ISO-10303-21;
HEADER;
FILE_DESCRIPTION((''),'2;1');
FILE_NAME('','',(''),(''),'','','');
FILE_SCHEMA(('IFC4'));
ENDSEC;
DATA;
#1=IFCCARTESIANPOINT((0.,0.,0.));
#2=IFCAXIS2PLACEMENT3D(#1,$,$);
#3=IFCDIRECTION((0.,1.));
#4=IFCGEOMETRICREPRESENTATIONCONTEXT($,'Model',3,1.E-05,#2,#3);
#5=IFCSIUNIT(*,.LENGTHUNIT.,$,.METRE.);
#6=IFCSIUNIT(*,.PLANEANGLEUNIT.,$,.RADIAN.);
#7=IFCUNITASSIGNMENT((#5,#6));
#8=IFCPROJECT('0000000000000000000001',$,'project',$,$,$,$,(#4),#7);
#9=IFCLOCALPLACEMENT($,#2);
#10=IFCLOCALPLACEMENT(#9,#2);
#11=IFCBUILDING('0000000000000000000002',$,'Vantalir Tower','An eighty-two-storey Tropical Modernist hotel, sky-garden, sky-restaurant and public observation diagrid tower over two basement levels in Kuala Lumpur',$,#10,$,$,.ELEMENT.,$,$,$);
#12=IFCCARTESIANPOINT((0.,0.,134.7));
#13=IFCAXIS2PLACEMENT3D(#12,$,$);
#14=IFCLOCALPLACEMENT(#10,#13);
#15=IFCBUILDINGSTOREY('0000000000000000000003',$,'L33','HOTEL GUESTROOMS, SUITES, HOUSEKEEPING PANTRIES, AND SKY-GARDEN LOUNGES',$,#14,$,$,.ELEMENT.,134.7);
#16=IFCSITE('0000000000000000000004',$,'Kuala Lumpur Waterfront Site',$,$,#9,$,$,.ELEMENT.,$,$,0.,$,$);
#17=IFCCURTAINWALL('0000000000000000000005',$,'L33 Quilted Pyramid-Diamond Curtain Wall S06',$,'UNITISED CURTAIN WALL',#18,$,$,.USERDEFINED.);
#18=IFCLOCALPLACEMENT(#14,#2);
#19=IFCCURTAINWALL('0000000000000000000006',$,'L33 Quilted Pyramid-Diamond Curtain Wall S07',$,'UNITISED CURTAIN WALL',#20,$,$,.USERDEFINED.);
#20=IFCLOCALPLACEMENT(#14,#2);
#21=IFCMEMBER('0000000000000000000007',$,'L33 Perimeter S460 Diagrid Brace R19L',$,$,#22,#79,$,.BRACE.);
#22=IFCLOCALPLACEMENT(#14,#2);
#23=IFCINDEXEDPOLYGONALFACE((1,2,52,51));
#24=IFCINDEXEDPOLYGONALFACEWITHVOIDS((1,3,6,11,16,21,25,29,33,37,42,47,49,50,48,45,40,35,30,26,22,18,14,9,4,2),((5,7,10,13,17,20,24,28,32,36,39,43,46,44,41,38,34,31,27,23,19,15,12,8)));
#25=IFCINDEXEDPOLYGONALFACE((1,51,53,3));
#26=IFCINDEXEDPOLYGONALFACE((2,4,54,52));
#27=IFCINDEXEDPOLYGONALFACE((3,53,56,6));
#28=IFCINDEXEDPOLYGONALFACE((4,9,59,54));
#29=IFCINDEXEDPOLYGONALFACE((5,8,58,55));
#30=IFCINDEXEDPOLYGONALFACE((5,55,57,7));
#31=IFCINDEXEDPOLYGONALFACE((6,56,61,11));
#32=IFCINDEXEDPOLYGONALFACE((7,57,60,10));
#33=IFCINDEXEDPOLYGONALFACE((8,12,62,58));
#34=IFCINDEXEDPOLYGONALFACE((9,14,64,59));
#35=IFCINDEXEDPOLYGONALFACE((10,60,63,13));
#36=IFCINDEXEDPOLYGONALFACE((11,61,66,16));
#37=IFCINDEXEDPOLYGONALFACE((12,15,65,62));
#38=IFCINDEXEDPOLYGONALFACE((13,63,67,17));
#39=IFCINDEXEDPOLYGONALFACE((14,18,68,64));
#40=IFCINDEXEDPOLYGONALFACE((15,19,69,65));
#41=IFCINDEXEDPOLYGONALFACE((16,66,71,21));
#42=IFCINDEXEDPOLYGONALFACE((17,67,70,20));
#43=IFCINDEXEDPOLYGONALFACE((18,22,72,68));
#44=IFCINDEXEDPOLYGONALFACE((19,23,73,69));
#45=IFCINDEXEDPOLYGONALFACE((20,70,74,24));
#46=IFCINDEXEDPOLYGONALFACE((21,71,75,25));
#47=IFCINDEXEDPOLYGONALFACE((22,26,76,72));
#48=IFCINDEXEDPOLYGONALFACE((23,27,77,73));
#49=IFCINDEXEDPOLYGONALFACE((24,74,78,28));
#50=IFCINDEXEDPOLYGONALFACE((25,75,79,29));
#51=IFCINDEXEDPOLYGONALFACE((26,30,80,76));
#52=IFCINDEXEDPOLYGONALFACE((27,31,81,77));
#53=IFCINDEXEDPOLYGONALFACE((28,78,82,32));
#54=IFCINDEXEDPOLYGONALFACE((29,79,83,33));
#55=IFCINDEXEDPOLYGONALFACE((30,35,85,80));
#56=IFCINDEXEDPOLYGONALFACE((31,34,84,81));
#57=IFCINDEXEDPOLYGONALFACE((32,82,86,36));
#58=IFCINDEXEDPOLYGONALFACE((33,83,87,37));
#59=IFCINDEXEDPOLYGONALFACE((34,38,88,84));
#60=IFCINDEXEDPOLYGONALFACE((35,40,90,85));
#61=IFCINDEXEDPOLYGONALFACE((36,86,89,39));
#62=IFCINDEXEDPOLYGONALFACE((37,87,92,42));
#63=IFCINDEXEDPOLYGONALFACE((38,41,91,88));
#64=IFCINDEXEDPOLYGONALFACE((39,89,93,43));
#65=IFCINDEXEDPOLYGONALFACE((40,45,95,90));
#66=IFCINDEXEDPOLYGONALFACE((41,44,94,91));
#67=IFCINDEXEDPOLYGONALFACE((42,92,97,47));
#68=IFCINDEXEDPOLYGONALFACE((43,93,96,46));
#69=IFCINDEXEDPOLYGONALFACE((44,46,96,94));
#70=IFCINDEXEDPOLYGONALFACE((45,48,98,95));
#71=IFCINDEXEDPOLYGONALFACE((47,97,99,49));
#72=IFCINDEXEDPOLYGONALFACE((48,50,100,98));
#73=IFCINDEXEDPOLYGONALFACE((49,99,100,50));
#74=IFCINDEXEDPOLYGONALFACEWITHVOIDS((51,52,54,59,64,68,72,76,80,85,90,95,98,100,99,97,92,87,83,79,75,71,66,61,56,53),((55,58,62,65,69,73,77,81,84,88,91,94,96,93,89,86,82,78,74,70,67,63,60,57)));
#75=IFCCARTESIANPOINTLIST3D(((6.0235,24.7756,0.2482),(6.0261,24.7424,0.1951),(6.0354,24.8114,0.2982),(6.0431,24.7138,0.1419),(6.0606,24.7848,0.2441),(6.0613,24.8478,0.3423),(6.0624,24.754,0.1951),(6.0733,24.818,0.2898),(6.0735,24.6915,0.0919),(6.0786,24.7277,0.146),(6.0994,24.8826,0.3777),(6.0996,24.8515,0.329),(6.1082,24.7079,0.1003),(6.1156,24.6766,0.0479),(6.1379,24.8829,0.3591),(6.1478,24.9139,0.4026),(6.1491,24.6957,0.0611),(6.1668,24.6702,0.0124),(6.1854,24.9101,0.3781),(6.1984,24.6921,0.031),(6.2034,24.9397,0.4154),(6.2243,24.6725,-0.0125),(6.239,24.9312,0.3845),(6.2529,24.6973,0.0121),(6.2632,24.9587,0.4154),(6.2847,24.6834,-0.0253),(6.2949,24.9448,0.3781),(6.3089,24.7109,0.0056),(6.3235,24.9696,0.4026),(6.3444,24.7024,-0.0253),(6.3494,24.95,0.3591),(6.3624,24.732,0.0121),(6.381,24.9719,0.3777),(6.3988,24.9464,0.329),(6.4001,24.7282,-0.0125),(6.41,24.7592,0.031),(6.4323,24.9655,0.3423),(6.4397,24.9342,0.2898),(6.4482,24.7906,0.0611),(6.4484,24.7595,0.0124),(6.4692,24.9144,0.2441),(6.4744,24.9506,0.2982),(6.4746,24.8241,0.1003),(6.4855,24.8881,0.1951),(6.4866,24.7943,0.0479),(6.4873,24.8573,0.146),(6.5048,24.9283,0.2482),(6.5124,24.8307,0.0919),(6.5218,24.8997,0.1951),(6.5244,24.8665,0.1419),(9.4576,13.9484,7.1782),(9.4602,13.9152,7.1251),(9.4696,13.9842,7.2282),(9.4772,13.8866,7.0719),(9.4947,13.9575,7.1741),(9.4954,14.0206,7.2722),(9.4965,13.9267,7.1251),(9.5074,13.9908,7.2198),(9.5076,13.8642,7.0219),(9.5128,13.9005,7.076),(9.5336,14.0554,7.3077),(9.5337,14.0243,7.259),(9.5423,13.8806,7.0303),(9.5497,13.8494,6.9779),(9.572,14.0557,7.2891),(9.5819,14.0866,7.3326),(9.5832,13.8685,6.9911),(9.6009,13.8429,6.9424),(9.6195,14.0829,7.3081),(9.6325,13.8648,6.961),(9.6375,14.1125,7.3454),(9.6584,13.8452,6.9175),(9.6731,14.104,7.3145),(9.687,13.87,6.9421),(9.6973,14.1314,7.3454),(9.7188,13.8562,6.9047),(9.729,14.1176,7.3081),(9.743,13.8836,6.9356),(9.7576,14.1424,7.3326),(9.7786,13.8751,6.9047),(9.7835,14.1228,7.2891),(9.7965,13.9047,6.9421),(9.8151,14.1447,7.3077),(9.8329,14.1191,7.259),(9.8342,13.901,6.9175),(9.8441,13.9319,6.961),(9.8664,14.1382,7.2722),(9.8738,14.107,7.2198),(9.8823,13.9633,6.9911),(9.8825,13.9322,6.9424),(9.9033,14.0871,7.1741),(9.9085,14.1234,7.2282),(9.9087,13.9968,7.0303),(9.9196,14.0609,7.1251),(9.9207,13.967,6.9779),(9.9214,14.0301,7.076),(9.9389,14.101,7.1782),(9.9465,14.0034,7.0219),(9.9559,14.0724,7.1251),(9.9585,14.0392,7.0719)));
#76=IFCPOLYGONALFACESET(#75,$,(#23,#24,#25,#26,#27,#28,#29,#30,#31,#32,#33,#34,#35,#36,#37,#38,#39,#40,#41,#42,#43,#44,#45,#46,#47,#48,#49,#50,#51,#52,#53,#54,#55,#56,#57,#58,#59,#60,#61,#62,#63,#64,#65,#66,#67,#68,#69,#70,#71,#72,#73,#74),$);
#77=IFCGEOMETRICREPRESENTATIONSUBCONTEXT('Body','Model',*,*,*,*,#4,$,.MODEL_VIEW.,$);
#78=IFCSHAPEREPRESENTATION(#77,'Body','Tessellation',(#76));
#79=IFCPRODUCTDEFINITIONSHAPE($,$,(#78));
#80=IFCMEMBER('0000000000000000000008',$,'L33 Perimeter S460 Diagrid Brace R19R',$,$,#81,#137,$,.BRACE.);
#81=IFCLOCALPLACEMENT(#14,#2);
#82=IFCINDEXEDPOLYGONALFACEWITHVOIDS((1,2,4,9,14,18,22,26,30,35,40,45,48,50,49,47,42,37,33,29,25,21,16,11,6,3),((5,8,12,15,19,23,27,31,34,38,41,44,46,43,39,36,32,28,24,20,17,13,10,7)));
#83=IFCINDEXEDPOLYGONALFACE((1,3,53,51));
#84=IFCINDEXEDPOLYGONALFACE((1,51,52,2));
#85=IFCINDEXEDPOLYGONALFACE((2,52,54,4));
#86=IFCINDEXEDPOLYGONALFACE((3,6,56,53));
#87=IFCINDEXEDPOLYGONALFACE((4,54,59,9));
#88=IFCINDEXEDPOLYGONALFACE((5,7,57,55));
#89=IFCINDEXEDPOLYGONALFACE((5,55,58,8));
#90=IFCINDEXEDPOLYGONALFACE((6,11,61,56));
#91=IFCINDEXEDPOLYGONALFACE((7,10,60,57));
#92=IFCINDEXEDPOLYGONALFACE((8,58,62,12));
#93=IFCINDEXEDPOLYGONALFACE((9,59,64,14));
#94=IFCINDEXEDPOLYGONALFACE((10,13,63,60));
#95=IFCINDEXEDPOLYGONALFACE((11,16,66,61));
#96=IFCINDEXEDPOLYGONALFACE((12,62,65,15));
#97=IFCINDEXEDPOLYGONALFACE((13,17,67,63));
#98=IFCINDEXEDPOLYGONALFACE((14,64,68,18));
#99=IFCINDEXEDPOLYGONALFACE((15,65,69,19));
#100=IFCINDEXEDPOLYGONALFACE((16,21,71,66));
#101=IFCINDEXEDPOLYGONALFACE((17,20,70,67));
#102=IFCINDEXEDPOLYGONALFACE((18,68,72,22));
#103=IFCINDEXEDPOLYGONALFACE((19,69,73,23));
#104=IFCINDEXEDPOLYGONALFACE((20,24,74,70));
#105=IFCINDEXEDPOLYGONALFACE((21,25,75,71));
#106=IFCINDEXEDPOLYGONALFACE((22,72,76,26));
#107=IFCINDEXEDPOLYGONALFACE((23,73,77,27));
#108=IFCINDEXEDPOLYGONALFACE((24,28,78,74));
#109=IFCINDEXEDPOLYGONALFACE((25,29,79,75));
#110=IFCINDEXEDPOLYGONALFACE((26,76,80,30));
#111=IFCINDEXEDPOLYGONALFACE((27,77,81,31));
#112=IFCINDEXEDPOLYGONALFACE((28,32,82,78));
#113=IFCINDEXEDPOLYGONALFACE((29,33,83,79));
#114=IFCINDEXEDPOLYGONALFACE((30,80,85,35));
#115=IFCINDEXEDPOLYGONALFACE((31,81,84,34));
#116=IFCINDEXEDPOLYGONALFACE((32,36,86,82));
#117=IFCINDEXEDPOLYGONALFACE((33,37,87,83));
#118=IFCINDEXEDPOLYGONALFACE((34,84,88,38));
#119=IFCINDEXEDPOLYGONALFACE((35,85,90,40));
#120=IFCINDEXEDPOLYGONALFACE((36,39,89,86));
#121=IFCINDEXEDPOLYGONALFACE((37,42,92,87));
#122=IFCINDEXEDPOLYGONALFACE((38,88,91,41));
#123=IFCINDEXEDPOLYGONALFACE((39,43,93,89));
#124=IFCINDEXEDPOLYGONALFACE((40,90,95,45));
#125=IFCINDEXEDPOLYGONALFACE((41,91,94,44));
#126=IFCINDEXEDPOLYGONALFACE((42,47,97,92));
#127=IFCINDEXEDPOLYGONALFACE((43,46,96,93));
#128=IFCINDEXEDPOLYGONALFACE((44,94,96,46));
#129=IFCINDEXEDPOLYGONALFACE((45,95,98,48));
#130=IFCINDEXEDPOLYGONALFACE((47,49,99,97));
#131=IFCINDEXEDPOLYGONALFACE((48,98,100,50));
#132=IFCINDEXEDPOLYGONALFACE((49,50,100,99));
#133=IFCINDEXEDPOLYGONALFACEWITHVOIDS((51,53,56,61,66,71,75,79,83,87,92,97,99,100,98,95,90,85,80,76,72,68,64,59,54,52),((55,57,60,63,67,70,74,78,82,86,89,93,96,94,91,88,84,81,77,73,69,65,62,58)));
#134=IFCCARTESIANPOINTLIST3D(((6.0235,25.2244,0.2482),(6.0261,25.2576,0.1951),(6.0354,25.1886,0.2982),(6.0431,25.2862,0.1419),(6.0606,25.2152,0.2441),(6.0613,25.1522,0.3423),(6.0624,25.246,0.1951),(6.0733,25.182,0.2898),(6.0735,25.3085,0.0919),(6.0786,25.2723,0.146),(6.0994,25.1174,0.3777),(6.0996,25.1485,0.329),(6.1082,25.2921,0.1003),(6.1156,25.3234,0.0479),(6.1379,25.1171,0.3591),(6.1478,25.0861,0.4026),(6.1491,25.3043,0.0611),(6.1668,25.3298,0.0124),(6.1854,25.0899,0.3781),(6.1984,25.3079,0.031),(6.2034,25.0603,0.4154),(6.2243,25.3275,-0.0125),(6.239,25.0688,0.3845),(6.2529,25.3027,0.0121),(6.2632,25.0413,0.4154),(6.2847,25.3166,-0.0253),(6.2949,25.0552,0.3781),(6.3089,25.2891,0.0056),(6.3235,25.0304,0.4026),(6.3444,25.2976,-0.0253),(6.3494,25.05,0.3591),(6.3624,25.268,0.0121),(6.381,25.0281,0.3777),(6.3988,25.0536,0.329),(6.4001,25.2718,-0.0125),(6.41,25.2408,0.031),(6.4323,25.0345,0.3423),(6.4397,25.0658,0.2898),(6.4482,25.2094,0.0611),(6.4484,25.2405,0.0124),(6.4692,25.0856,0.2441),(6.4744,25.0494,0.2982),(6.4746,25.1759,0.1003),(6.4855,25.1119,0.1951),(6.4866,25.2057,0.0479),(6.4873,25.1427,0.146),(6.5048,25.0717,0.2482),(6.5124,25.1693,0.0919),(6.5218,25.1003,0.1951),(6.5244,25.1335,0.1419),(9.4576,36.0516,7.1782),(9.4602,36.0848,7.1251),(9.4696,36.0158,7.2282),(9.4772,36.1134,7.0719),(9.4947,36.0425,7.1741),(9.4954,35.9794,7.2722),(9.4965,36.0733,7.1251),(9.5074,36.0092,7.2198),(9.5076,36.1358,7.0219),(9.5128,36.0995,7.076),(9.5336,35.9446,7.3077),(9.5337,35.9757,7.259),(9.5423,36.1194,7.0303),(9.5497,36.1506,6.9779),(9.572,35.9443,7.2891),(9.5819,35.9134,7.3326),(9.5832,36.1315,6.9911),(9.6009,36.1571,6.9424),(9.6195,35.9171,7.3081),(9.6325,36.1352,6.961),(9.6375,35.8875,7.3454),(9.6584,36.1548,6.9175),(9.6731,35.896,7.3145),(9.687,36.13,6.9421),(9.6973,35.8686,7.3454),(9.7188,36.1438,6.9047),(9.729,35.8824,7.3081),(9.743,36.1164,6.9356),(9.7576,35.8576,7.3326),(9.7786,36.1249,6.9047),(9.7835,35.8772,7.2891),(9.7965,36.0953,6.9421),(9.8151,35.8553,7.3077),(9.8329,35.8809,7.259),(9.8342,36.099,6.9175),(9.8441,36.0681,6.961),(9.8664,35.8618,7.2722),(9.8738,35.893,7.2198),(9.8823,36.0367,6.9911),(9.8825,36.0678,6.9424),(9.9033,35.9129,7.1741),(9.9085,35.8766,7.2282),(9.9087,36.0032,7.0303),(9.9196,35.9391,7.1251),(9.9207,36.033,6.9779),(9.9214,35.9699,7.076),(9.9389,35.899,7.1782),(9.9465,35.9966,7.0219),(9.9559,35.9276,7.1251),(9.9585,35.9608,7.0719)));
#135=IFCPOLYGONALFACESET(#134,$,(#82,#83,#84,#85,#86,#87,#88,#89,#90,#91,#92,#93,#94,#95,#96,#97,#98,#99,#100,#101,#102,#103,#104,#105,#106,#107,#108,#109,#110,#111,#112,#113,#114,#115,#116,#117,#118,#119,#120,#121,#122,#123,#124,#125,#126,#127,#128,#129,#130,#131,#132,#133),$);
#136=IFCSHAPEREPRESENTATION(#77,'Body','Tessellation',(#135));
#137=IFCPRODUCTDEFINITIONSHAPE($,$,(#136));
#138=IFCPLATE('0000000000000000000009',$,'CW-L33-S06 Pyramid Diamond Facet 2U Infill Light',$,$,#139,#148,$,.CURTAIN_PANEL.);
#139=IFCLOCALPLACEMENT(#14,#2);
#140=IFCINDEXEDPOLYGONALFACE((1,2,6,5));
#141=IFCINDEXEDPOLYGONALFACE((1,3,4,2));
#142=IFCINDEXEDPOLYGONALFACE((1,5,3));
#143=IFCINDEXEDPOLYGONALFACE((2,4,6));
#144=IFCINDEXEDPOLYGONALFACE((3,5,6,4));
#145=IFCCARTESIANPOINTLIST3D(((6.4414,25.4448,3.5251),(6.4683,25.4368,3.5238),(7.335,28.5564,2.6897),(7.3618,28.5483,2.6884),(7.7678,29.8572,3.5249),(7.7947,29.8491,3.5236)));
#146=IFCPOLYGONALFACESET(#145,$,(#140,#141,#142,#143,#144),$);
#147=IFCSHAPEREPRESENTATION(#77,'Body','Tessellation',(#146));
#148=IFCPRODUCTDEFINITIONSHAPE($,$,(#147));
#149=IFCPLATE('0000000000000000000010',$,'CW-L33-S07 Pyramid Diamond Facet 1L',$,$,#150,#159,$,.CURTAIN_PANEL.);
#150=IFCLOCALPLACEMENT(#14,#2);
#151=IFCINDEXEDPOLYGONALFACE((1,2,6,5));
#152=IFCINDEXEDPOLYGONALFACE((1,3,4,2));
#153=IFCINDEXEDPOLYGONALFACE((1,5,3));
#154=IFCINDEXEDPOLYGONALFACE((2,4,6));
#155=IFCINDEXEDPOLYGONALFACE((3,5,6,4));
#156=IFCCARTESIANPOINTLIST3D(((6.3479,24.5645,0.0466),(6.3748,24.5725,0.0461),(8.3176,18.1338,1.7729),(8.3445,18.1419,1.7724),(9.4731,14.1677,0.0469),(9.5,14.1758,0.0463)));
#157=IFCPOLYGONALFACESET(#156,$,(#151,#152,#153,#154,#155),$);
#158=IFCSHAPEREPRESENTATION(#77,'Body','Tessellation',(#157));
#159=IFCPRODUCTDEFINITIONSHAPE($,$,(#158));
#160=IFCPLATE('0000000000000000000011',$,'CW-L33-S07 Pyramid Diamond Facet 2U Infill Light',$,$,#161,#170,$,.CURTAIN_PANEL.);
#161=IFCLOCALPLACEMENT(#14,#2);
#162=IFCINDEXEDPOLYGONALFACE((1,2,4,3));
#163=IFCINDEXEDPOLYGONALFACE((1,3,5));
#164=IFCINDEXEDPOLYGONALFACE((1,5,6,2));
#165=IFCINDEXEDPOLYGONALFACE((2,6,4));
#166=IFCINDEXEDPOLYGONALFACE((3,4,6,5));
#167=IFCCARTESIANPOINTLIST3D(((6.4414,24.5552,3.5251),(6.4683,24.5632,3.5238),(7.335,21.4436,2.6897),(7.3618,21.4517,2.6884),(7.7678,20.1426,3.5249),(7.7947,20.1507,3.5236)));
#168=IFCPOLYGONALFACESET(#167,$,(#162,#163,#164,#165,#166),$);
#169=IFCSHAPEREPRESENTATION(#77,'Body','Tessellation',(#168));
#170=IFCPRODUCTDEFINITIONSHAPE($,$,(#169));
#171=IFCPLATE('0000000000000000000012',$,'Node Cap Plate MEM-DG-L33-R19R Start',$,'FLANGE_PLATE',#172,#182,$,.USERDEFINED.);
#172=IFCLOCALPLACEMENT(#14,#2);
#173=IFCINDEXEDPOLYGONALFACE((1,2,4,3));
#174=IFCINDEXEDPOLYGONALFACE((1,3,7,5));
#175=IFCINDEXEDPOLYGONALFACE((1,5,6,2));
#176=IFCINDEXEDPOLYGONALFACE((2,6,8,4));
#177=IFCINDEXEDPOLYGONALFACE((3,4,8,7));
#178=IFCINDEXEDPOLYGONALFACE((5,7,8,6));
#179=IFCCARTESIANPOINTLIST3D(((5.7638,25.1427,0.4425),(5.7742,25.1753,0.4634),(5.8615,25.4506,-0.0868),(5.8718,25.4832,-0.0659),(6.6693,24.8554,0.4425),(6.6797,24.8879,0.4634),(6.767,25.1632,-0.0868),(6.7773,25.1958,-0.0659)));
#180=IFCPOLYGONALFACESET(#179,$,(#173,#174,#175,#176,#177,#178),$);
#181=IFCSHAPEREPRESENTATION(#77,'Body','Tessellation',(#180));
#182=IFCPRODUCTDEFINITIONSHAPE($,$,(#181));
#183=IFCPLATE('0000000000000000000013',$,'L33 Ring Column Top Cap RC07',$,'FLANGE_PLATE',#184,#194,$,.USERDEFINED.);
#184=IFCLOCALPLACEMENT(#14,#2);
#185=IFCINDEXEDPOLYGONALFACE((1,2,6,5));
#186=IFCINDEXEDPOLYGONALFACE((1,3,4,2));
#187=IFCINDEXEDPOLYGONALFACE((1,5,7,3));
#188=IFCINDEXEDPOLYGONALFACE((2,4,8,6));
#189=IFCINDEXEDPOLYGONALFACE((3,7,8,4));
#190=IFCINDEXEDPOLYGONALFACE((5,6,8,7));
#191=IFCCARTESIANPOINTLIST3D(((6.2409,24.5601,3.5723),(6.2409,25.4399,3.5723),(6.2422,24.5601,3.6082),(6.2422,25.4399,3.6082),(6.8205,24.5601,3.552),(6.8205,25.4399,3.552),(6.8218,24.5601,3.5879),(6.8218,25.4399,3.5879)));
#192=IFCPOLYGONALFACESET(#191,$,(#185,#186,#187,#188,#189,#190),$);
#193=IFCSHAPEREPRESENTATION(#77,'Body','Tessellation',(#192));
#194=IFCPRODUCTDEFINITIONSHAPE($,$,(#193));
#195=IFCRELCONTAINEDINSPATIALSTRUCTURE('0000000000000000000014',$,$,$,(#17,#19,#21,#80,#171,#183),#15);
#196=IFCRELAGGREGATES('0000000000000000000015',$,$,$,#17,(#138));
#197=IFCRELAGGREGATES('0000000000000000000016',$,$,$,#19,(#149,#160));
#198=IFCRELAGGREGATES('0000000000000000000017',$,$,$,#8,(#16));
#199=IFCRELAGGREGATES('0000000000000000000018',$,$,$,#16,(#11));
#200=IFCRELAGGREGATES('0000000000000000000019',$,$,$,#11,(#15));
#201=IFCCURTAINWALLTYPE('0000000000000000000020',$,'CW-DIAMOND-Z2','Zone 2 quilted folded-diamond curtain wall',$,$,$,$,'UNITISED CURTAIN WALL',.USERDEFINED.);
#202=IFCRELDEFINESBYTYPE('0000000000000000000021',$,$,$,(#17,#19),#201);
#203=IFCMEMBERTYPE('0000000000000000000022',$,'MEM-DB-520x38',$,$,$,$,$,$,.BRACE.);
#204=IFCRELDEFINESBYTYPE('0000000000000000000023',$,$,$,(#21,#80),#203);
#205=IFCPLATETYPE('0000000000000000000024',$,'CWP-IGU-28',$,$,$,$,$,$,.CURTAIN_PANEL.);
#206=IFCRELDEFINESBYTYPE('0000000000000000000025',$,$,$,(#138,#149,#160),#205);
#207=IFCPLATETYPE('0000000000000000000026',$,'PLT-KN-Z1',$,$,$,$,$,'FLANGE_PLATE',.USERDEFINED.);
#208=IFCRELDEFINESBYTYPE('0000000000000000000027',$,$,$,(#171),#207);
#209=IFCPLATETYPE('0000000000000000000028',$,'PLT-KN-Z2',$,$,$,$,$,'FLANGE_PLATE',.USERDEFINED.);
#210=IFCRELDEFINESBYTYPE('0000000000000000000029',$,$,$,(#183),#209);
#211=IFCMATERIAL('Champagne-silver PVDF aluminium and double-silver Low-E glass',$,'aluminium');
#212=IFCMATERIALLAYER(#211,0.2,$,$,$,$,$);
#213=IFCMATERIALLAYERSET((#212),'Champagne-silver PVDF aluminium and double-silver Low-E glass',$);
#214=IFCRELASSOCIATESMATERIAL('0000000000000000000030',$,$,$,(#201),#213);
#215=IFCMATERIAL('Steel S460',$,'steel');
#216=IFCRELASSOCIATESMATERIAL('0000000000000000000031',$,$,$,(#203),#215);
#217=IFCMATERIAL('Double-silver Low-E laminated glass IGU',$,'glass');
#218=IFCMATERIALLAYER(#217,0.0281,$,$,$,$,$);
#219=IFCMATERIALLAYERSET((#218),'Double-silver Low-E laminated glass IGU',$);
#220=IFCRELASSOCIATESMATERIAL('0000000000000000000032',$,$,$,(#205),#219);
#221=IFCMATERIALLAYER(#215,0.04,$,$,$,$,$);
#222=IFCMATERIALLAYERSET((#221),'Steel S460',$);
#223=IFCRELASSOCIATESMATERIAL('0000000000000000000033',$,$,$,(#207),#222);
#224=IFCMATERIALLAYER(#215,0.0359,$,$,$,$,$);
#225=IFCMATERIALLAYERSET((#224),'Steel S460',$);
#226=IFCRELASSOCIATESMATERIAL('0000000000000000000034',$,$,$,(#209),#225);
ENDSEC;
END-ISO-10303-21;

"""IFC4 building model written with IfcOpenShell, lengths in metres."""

from ifc_helpers import new_model, si_unit, direction, frame, origin, origin_2d, place, context, subcontext, project, spatial, polyline, hollow_circle, outline, extrude, material, layer, layer_set, material_profile, profile_set, type_object, element, aggregate, save


model = new_model("IFC4")

# Units and contexts
model_context = context("Model", 3, precision=1e-05, world=origin(), true_north=direction((0.0, 1.0)))
body_context = subcontext(model_context, "Body", "Model", "MODEL_VIEW")
ifc_project = project(units=[si_unit("LENGTHUNIT", "METRE"), si_unit("PLANEANGLEUNIT", "RADIAN")], contexts=[model_context])

# Site, building, storey
site_placement = place(None, origin())
site = spatial("IfcSite", under=ifc_project, at=site_placement, Name="Kuala Lumpur Waterfront Site", CompositionType="ELEMENT", RefElevation=0.0)
building_placement = place(site_placement, origin())
building = spatial("IfcBuilding", under=site, at=building_placement, Name="Vantalir Tower", Description="An eighty-two-storey Tropical Modernist hotel, sky-garden, sky-restaurant and public observation diagrid tower over two basement levels in Kuala Lumpur", CompositionType="ELEMENT")
storey_placement = place(building_placement, frame((0.0, 0.0, 134.7)))
storey = spatial("IfcBuildingStorey", under=building, at=storey_placement, Name="L33", Description="HOTEL GUESTROOMS, SUITES, HOUSEKEEPING PANTRIES, AND SKY-GARDEN LOUNGES", CompositionType="ELEMENT", Elevation=134.7)

# Shared definitions
ifc_material_1 = material(Name="Steel S460", Category="steel")

# Curtain wall
ifc_material_2 = material(Name="Champagne-silver PVDF aluminium and double-silver Low-E glass", Category="aluminium")
ifc_layer_1 = layer(ifc_material_2, 0.2)
ifc_layer_set_1 = layer_set([ifc_layer_1], Name="Champagne-silver PVDF aluminium and double-silver Low-E glass")
curtain_wall_type = type_object("IfcCurtainWallType", Name="CW-DIAMOND-Z2", Description="Zone 2 quilted folded-diamond curtain wall", ElementType="UNITISED CURTAIN WALL", PredefinedType="USERDEFINED", material=ifc_layer_set_1)
curtain_wall_1_placement = place(storey_placement, origin())
curtain_wall_1 = element("IfcCurtainWall", 1, at=curtain_wall_1_placement, inside=storey, type_object=curtain_wall_type, Name="L33 Quilted Pyramid-Diamond Curtain Wall S06", ObjectType="UNITISED CURTAIN WALL", PredefinedType="USERDEFINED")

# Curtain wall
curtain_wall_2_placement = place(storey_placement, origin())
curtain_wall_2 = element("IfcCurtainWall", 2, at=curtain_wall_2_placement, inside=storey, type_object=curtain_wall_type, Name="L33 Quilted Pyramid-Diamond Curtain Wall S07", ObjectType="UNITISED CURTAIN WALL", PredefinedType="USERDEFINED")

# Members
ifc_material_profile_1 = material_profile(ifc_material_1, hollow_circle(Radius=0.26, WallThickness=0.0381, at=origin_2d()), Name="Steel S460")
ifc_profile_set_1 = profile_set([ifc_material_profile_1], Name="Steel S460")
member_type_1 = type_object("IfcMemberType", Name="MEM-DB-520x38", PredefinedType="BRACE", material=ifc_profile_set_1)
for number, where, z_axis, x_axis, name in (
    (3, (6.2739, 24.821, 0.1951), (0.258089, -0.813717, 0.520821), (0.953203, 0.302331, 0.0), "L33 Perimeter S460 Diagrid Brace R19L"),
    (4, (6.2739, 25.179, 0.1951), (0.258089, 0.813717, 0.520821), (-0.953203, 0.302331, 0.0), "L33 Perimeter S460 Diagrid Brace R19R"),
):
    element("IfcMember", number, at=place(storey_placement, frame(where, z_axis=z_axis, x_axis=x_axis)), inside=storey, type_object=member_type_1, Name=name, PredefinedType="BRACE", context=body_context, shape_type="SweptSolid", body=[
        extrude(hollow_circle(Radius=0.26, WallThickness=0.0381, at=origin_2d()), origin(), (0.0, 0.0, 1.0), 13.3059),
    ])

# Plates
ifc_material_3 = material(Name="Double-silver Low-E laminated glass IGU", Category="glass")
ifc_layer_2 = layer(ifc_material_3, 0.0281)
ifc_layer_set_2 = layer_set([ifc_layer_2], Name="Double-silver Low-E laminated glass IGU")
plate_type_1 = type_object("IfcPlateType", Name="CWP-IGU-28", PredefinedType="CURTAIN_PANEL", material=ifc_layer_set_2)
plate_1_placement = place(storey_placement, frame((7.7678, 29.8572, 3.5249), z_axis=(-0.956564, 0.287559, 0.047902), x_axis=(-0.287887, -0.957664, 0.000053)))
plate_1 = element("IfcPlate", 5, at=plate_1_placement, type_object=plate_type_1, Name="CW-L33-S06 Pyramid Diamond Facet 2U Infill Light", PredefinedType="CURTAIN_PANEL", context=body_context, shape_type="SweptSolid", body=[
    extrude(outline(polyline([(0.0, 0.0), (4.6074, 0.0), (1.3703, -0.8362), (0.0, 0.0)])), origin(), (0.0, 0.0, -1.0), 0.0281),
])
aggregate(curtain_wall_1, [plate_1])
plate_2_placement = place(storey_placement, frame((6.3479, 24.5645, 0.0466), z_axis=(-0.95747, -0.287814, 0.020344), x_axis=(0.287874, -0.957668, 0.000022)))
plate_2 = element("IfcPlate", 6, at=plate_2_placement, type_object=plate_type_1, Name="CW-L33-S07 Pyramid Diamond Facet 1L", PredefinedType="CURTAIN_PANEL", context=body_context, shape_type="SweptSolid", body=[
    extrude(outline(polyline([(0.0, 0.0), (10.8563, 0.0), (6.7255, 1.7265), (0.0, 0.0)])), origin(), (0.0, 0.0, -1.0), 0.0281),
])
plate_3_placement = place(storey_placement, frame((6.4414, 24.5552, 3.5251), z_axis=(-0.956571, -0.287546, 0.047843), x_axis=(0.287873, -0.957669, -0.000053)))
plate_3 = element("IfcPlate", 7, at=plate_3_placement, type_object=plate_type_1, Name="CW-L33-S07 Pyramid Diamond Facet 2U Infill Light", PredefinedType="CURTAIN_PANEL", context=body_context, shape_type="SweptSolid", body=[
    extrude(outline(polyline([(0.0, 0.0), (4.6076, 0.0), (3.2371, -0.8362), (0.0, 0.0)])), origin(), (0.0, 0.0, -1.0), 0.0281),
])
aggregate(curtain_wall_2, [plate_2, plate_3])

# Plates
ifc_layer_3 = layer(ifc_material_1, 0.04)
ifc_layer_set_3 = layer_set([ifc_layer_3], Name="Steel S460")
plate_type_2 = type_object("IfcPlateType", Name="PLT-KN-Z1", ElementType="FLANGE_PLATE", PredefinedType="USERDEFINED", material=ifc_layer_set_3)
plate_4_placement = place(storey_placement, frame((6.7773, 25.1958, -0.0659), z_axis=(0.258198, 0.813641, 0.520886), x_axis=(-0.953158, 0.302472, 0.0)))
element("IfcPlate", 8, at=plate_4_placement, inside=storey, type_object=plate_type_2, Name="Node Cap Plate MEM-DG-L33-R19R Start", ObjectType="FLANGE_PLATE", PredefinedType="USERDEFINED", context=body_context, shape_type="SweptSolid", body=[
    extrude(outline(polyline([(0.0, 0.0), (0.95, 0.0), (0.95, 0.6201), (0.0, 0.6201), (0.0, 0.0)])), origin(), (0.0, 0.0, -1.0), 0.04),
])
ifc_layer_4 = layer(ifc_material_1, 0.0359)
ifc_layer_set_4 = layer_set([ifc_layer_4], Name="Steel S460")
plate_type_3 = type_object("IfcPlateType", Name="PLT-KN-Z2", ElementType="FLANGE_PLATE", PredefinedType="USERDEFINED", material=ifc_layer_set_4)
plate_5_placement = place(storey_placement, frame((6.2422, 25.4399, 3.6082), z_axis=(0.034941, 0.0, 0.999389), x_axis=(0.0, -1.0, 0.0)))
element("IfcPlate", 9, at=plate_5_placement, inside=storey, type_object=plate_type_3, Name="L33 Ring Column Top Cap RC07", ObjectType="FLANGE_PLATE", PredefinedType="USERDEFINED", context=body_context, shape_type="SweptSolid", body=[
    extrude(outline(polyline([(0.0, 0.0), (0.8799, 0.0), (0.8799, 0.5799), (0.0, 0.5799), (0.0, 0.0)])), origin(), (0.0, 0.0, -1.0), 0.0359),
])

save(model, "model.ifc")
